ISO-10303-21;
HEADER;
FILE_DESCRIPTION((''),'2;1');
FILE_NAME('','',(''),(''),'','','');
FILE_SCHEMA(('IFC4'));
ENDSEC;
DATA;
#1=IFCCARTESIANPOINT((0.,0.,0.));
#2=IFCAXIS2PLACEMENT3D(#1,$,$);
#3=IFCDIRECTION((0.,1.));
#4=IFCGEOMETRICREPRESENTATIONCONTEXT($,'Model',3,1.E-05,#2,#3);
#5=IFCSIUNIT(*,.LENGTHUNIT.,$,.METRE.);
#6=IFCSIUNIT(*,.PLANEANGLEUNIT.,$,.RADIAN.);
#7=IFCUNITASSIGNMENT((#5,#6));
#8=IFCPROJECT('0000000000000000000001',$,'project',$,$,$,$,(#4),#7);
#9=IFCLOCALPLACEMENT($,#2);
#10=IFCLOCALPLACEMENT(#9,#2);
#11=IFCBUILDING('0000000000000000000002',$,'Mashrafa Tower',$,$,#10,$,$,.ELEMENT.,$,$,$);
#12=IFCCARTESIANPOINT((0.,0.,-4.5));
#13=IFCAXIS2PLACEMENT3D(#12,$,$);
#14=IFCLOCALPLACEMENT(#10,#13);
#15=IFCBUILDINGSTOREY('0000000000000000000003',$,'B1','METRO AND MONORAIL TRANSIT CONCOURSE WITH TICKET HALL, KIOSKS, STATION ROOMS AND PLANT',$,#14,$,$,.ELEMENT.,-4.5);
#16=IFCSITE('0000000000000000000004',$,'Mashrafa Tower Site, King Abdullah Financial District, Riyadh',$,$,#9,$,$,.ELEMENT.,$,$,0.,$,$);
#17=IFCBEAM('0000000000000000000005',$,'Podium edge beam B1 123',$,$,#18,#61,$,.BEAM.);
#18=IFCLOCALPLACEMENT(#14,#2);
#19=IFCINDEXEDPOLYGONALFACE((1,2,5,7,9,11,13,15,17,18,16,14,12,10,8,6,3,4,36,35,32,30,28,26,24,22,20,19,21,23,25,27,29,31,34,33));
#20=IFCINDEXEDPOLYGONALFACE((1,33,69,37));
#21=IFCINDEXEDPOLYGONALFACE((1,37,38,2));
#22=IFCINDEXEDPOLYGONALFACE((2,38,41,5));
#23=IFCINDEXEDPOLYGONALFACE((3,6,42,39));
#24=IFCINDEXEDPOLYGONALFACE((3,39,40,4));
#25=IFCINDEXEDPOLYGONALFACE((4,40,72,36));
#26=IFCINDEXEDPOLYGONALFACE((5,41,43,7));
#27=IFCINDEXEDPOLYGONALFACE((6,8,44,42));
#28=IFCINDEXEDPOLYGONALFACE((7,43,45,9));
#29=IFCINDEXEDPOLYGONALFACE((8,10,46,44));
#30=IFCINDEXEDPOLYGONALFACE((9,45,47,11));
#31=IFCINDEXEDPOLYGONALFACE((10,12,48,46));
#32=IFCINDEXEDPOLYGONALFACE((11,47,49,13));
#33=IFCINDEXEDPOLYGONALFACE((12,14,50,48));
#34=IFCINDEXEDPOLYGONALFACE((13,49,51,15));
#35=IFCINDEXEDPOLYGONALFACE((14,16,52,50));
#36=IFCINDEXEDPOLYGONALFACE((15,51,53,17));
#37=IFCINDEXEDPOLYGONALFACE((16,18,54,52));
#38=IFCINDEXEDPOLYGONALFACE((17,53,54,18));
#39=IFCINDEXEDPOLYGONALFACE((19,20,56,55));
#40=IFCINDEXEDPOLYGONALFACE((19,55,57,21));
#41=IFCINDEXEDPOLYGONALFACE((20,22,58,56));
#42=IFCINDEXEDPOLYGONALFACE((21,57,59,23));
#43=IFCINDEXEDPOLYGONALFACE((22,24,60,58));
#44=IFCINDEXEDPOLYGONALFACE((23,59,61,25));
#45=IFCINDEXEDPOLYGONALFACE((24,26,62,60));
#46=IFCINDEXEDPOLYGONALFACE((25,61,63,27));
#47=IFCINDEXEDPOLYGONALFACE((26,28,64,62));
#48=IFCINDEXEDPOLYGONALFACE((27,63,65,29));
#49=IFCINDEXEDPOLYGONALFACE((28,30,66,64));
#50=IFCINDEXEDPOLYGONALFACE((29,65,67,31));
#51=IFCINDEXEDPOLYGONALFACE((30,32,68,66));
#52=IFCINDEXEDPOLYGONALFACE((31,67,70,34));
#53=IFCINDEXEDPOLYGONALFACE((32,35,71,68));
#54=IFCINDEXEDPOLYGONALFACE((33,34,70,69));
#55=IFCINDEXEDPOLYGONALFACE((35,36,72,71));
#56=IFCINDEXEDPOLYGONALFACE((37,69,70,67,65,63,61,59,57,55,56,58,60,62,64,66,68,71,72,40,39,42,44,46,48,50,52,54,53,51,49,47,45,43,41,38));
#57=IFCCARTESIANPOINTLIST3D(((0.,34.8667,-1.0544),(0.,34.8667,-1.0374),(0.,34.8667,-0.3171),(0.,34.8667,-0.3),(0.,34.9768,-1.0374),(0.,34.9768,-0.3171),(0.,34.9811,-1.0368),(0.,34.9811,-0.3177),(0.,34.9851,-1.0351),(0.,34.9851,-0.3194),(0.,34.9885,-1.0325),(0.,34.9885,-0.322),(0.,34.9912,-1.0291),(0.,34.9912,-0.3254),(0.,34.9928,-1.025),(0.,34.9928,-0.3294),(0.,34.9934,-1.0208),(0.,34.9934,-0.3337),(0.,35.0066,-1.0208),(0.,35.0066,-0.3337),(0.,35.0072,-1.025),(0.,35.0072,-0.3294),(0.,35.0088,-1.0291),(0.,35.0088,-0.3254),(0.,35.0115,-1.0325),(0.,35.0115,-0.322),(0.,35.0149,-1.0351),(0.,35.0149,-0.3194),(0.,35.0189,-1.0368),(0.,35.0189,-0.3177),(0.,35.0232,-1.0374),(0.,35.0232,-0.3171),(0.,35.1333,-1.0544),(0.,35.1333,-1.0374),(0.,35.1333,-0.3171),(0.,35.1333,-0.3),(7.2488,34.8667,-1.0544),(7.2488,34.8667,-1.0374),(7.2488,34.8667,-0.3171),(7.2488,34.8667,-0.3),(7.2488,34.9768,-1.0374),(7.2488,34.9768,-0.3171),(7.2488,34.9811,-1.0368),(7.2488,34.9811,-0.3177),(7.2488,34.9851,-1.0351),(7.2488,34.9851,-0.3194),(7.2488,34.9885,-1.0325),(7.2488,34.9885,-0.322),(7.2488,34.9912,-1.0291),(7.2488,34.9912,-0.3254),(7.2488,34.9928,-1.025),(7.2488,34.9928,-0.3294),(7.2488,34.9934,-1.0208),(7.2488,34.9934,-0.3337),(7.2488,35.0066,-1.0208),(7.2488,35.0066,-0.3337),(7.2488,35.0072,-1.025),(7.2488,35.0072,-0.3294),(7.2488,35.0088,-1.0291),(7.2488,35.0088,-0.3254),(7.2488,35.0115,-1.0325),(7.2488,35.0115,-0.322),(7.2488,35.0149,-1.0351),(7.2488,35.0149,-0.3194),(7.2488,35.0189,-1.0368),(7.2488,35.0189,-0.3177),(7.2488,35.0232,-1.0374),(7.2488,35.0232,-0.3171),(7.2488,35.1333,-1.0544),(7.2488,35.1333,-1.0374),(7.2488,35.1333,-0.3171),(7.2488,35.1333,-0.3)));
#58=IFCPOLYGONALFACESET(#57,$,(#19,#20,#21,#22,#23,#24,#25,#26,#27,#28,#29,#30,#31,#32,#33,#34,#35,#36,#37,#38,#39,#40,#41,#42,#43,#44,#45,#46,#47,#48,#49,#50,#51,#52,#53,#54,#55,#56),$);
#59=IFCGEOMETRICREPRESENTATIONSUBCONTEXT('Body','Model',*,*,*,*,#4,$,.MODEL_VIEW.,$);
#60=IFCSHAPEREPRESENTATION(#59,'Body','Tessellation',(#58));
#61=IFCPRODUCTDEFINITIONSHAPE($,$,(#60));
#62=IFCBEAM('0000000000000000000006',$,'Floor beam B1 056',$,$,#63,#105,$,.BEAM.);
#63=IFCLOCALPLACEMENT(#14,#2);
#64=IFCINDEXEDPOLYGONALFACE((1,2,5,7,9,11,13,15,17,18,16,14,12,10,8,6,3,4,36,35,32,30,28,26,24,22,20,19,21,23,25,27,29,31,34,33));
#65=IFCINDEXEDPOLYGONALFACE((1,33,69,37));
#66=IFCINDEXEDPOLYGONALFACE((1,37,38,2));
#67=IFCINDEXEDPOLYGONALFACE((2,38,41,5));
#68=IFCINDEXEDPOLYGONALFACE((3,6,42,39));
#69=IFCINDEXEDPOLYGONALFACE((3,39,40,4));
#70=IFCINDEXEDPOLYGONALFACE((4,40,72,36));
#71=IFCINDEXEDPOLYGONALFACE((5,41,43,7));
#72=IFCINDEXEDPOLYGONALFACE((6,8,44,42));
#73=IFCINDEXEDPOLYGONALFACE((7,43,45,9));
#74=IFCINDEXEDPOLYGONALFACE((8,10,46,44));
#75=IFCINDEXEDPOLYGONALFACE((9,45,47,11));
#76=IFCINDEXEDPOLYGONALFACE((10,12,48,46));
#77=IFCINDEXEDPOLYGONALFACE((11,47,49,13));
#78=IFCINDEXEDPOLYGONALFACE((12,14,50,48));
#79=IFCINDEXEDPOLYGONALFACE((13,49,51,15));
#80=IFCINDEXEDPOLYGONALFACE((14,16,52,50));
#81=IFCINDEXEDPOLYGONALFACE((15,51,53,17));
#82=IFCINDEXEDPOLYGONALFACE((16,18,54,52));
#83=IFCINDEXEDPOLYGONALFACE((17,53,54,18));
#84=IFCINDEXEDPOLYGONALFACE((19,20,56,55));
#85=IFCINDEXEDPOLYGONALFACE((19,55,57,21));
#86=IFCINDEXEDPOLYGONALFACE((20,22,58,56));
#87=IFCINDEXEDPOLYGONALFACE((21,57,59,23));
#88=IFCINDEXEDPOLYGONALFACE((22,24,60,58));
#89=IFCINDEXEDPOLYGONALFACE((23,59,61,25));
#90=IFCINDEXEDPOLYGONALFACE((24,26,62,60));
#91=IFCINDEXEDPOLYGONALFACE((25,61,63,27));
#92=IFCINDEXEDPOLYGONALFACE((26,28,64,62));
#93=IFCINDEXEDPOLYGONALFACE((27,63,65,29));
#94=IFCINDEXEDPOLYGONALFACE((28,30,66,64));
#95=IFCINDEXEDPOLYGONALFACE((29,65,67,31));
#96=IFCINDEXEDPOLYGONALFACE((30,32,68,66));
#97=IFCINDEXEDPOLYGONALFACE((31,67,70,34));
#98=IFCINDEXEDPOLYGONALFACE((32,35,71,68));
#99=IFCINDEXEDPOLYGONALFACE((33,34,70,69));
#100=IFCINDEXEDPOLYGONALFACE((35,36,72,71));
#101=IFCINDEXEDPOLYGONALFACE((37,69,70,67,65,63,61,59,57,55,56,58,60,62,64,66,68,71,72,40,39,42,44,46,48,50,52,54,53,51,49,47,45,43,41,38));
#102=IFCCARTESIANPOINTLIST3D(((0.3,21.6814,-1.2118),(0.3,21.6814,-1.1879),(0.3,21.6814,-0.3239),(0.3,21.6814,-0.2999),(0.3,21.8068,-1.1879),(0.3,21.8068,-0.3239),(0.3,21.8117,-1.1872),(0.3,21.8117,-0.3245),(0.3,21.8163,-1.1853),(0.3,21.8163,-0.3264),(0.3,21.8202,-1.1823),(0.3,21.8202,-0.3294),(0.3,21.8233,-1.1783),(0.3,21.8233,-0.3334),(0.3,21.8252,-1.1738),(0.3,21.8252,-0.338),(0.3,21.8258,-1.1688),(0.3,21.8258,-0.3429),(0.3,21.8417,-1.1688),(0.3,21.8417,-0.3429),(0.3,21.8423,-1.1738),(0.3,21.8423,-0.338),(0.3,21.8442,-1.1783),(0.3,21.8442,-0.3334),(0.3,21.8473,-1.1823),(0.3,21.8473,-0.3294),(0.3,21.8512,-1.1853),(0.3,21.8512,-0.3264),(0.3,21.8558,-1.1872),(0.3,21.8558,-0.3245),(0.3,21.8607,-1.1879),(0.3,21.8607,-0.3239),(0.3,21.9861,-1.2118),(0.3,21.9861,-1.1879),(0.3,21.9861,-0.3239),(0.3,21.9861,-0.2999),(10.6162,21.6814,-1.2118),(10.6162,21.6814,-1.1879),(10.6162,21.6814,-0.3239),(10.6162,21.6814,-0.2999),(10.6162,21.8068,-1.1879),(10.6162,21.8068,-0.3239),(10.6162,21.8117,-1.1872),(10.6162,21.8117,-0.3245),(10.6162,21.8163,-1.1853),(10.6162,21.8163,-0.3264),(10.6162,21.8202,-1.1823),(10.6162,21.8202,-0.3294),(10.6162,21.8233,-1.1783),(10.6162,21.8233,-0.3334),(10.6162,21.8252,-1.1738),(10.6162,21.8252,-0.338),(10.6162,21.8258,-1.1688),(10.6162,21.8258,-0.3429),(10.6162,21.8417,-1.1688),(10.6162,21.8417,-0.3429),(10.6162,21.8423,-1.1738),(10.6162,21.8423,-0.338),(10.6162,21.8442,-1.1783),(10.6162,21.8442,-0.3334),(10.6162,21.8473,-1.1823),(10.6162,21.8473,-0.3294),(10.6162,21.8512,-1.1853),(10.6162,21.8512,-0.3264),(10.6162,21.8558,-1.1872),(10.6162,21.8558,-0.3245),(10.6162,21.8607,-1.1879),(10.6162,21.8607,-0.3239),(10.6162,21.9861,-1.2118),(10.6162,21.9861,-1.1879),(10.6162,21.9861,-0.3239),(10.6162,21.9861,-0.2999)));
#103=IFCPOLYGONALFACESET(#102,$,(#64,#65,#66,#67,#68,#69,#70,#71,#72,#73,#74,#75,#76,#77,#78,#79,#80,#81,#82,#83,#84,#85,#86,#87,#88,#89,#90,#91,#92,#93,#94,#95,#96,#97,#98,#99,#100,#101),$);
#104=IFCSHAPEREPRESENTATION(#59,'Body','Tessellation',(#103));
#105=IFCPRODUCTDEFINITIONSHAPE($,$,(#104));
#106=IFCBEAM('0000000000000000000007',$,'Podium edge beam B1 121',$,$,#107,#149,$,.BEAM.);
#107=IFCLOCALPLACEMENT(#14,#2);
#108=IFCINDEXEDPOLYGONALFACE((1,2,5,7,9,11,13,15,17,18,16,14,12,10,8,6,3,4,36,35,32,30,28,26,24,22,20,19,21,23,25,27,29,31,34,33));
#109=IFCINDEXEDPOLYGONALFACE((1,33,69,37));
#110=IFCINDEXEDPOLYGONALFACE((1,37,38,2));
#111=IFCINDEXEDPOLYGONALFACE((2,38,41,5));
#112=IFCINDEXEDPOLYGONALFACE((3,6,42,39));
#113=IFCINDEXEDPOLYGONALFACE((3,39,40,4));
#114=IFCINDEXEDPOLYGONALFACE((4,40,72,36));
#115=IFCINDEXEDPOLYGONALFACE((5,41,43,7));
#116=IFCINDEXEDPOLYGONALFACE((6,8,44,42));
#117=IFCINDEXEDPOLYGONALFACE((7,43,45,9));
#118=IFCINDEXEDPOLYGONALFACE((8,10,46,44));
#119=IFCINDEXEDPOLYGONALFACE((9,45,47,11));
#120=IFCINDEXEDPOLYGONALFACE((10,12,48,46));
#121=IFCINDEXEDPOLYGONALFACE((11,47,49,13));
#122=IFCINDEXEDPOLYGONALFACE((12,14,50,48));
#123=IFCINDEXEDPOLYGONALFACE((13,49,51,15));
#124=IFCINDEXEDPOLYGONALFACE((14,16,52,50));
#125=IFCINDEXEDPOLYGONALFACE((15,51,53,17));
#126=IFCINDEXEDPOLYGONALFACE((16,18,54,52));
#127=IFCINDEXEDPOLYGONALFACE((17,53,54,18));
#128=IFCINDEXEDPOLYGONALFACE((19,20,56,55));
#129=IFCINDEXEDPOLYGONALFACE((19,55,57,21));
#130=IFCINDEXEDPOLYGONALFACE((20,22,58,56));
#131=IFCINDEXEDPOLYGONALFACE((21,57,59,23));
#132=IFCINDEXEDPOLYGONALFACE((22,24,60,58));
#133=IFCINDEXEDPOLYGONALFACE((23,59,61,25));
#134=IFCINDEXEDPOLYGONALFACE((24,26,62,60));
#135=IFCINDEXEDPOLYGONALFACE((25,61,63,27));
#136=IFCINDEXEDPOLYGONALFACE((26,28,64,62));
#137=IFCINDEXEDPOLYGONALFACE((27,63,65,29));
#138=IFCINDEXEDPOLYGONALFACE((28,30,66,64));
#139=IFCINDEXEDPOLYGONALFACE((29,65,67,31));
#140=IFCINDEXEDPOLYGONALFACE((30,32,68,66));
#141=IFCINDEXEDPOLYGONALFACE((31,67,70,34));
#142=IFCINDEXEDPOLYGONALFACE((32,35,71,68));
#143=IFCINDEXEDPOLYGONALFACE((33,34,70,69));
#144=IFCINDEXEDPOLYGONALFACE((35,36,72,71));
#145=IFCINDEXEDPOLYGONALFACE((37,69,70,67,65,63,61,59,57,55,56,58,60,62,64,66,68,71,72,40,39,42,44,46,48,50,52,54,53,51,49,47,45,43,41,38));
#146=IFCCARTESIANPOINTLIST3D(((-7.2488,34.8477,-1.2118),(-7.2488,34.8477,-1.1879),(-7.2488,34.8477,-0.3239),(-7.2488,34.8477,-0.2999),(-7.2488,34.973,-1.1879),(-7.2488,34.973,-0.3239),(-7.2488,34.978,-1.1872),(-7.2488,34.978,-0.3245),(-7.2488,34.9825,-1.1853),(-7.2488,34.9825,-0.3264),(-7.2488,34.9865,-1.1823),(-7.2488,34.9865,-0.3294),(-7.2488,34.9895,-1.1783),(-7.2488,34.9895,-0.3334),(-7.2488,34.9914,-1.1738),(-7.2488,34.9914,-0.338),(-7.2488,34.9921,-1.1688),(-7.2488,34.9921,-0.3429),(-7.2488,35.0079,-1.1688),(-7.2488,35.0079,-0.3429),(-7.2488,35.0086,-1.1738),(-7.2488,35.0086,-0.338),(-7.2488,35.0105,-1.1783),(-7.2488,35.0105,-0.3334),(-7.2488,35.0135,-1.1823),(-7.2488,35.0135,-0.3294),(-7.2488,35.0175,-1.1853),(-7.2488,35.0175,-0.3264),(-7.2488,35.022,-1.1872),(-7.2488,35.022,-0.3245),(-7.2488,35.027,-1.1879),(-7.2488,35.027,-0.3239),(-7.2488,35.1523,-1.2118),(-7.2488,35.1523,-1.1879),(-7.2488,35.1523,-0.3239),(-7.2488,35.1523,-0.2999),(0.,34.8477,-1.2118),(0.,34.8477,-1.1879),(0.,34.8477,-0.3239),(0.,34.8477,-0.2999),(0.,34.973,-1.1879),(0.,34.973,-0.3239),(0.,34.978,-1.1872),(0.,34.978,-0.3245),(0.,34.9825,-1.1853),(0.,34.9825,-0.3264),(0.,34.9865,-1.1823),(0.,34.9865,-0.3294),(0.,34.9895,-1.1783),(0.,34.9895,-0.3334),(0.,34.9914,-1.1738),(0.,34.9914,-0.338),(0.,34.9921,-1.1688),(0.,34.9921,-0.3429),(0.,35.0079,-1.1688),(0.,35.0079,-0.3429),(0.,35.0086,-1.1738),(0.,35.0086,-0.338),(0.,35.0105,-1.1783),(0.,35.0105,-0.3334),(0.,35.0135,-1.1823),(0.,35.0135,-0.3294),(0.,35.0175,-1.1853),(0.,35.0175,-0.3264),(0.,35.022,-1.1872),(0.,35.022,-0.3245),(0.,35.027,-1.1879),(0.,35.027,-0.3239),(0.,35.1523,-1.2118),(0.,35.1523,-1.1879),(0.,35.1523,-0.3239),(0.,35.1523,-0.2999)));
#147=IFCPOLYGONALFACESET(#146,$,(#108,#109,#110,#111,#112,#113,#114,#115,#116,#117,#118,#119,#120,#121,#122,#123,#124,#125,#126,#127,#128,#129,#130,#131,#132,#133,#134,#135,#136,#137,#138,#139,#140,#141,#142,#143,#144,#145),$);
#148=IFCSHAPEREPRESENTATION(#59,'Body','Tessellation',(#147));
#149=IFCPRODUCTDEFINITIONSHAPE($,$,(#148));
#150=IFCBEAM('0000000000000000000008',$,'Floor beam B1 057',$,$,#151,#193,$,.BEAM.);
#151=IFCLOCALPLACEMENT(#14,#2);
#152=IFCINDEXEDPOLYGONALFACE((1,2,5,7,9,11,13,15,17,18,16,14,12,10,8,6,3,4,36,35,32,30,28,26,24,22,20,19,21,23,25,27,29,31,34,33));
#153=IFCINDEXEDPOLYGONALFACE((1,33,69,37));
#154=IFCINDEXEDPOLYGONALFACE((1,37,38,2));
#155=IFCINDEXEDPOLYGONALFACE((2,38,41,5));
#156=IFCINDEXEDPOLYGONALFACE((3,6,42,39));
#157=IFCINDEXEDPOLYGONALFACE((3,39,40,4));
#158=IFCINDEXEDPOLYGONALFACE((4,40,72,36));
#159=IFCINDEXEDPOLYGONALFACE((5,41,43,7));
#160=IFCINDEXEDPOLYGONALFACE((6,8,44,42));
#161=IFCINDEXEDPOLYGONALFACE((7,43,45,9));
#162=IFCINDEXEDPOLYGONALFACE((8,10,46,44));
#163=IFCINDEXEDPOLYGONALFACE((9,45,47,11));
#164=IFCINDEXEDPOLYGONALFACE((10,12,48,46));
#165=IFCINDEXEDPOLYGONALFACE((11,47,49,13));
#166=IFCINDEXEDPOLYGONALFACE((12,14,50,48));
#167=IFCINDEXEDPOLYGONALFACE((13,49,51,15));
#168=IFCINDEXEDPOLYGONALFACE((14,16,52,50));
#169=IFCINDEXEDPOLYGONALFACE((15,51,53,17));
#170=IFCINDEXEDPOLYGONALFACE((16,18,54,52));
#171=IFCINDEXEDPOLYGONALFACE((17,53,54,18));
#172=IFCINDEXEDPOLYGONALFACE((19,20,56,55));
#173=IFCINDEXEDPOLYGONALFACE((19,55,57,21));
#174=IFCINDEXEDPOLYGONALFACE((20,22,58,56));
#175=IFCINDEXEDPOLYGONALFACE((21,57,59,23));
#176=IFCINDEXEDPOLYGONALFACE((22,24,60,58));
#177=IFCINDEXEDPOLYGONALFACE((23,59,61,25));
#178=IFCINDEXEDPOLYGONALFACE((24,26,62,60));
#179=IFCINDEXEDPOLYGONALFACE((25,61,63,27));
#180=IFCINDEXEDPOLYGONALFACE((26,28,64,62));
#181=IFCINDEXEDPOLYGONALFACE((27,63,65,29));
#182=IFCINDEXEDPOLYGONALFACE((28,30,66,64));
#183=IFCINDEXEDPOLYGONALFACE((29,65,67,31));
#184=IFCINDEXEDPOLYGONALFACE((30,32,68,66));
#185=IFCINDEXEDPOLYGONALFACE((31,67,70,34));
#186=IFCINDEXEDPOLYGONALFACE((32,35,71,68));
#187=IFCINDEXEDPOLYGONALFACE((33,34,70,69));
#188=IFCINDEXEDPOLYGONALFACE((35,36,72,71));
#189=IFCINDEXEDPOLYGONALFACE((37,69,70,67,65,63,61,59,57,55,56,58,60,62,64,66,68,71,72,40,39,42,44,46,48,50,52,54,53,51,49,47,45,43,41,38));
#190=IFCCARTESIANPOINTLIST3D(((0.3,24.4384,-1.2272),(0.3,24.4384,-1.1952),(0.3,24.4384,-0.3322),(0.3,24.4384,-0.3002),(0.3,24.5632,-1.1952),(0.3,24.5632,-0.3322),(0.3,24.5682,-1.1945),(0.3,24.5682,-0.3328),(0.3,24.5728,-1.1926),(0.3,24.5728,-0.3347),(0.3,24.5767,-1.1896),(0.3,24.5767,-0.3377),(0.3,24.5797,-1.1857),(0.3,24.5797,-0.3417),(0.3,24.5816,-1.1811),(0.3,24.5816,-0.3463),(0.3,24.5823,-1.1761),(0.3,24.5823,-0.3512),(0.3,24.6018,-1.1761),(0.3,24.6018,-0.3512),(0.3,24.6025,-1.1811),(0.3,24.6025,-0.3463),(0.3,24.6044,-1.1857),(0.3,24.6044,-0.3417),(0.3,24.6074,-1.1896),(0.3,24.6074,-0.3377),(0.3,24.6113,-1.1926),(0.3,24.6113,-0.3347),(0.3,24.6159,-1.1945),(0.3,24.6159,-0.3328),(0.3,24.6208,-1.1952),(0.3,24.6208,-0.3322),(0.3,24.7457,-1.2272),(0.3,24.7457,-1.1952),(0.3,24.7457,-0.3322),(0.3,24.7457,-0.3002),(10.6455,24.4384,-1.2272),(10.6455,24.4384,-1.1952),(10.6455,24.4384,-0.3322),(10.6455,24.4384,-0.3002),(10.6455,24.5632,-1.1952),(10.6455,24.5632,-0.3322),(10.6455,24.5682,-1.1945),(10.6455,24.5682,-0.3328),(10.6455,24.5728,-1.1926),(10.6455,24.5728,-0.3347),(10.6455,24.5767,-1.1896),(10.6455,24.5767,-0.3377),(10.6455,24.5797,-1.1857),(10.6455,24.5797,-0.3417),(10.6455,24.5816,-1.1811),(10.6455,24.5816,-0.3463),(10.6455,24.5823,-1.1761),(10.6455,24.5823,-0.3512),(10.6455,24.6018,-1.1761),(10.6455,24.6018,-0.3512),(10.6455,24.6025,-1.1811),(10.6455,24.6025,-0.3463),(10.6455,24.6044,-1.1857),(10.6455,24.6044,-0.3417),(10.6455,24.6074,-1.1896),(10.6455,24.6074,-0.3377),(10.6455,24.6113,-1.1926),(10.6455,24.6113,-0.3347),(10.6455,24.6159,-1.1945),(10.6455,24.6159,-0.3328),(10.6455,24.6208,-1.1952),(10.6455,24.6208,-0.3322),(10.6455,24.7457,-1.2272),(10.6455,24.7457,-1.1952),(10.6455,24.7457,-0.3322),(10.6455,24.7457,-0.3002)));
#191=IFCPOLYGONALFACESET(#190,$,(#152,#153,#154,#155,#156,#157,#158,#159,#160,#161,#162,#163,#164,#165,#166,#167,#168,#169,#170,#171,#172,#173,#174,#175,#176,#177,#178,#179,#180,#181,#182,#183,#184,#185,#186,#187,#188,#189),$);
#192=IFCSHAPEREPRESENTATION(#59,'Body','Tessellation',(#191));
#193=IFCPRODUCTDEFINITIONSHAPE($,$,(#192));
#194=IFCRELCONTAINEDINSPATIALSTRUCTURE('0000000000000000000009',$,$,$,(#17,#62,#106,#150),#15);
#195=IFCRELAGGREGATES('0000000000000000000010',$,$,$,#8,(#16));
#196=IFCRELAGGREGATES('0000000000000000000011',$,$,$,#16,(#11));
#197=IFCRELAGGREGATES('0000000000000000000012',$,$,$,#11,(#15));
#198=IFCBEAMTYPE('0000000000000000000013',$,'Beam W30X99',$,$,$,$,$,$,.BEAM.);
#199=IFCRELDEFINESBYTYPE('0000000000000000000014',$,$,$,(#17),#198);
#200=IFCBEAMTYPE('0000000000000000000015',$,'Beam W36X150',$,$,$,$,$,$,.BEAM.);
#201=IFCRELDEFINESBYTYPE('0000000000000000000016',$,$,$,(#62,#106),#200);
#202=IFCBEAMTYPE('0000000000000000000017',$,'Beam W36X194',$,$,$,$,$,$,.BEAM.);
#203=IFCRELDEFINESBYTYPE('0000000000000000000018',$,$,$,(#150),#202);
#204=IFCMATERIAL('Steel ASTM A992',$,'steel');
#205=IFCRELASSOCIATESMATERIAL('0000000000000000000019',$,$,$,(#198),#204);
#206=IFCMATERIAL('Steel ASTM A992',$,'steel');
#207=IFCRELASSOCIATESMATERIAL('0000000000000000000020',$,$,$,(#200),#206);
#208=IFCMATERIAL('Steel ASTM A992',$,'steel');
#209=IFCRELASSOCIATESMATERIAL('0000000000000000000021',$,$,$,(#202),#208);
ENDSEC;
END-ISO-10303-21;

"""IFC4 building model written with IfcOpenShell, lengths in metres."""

from ifc_helpers import new_model, si_unit, direction, frame, origin, origin_2d, place, context, subcontext, project, spatial, i_section, extrude, material, material_profile, profile_set, type_object, element, save


model = new_model("IFC4")

# Units and contexts
model_context = context("Model", 3, precision=1e-05, world=origin(), true_north=direction((0.0, 1.0)))
body_context = subcontext(model_context, "Body", "Model", "MODEL_VIEW")
ifc_project = project(units=[si_unit("LENGTHUNIT", "METRE"), si_unit("PLANEANGLEUNIT", "RADIAN")], contexts=[model_context])

# Site, building, storey
site_placement = place(None, origin())
site = spatial("IfcSite", under=ifc_project, at=site_placement, Name="Mashrafa Tower Site, King Abdullah Financial District, Riyadh", CompositionType="ELEMENT", RefElevation=0.0)
building_placement = place(site_placement, origin())
building = spatial("IfcBuilding", under=site, at=building_placement, Name="Mashrafa Tower", CompositionType="ELEMENT")
storey_placement = place(building_placement, frame((0.0, 0.0, -4.5)))
storey = spatial("IfcBuildingStorey", under=building, at=storey_placement, Name="B1", Description="METRO AND MONORAIL TRANSIT CONCOURSE WITH TICKET HALL, KIOSKS, STATION ROOMS AND PLANT", CompositionType="ELEMENT", Elevation=-4.5)

# Beams
ifc_material_1 = material(Name="Steel ASTM A992", Category="steel")
ifc_material_profile_1 = material_profile(ifc_material_1, i_section(OverallWidth=0.2666, OverallDepth=0.7544, WebThickness=0.0132, FlangeThickness=0.0171, FilletRadius=0.0166, at=origin_2d()), Name="W30X99")
ifc_profile_set_1 = profile_set([ifc_material_profile_1], Name="Steel ASTM A992")
beam_type_1 = type_object("IfcBeamType", Name="Beam W30X99", PredefinedType="BEAM", material=ifc_profile_set_1)
beam_1_placement = place(storey_placement, frame((7.2488, 35.0, -0.6772), z_axis=(-1.0, 0.0, 0.0), x_axis=(0.0, -1.0, 0.0)))
element("IfcBeam", 1, at=beam_1_placement, inside=storey, type_object=beam_type_1, Name="Podium edge beam B1 123", PredefinedType="BEAM", context=body_context, shape_type="SweptSolid", body=[
    extrude(i_section(OverallWidth=0.2666, OverallDepth=0.7544, WebThickness=0.0132, FlangeThickness=0.0171, FilletRadius=0.0166, at=origin_2d()), origin(), (0.0, 0.0, 1.0), 7.2488),
])
ifc_material_2 = material(Name="Steel ASTM A992", Category="steel")
ifc_material_profile_2 = material_profile(ifc_material_2, i_section(OverallWidth=0.3047, OverallDepth=0.9119, WebThickness=0.0159, FlangeThickness=0.0239, FilletRadius=0.019, at=origin_2d()), Name="W36X150")
ifc_profile_set_2 = profile_set([ifc_material_profile_2], Name="Steel ASTM A992")
beam_type_2 = type_object("IfcBeamType", Name="Beam W36X150", PredefinedType="BEAM", material=ifc_profile_set_2)
beam_2_placement = place(storey_placement, frame((0.3, 21.8337, -0.7559), z_axis=(1.0, 0.0, 0.0), x_axis=(0.0, 1.0, 0.0)))
element("IfcBeam", 2, at=beam_2_placement, inside=storey, type_object=beam_type_2, Name="Floor beam B1 056", PredefinedType="BEAM", context=body_context, shape_type="SweptSolid", body=[
    extrude(i_section(OverallWidth=0.3047, OverallDepth=0.9119, WebThickness=0.0159, FlangeThickness=0.0239, FilletRadius=0.019, at=origin_2d()), origin(), (0.0, 0.0, 1.0), 10.3162),
])
beam_3_placement = place(storey_placement, frame((0.0, 35.0, -0.7559), z_axis=(-1.0, 0.0, 0.0), x_axis=(0.0, -1.0, 0.0)))
element("IfcBeam", 3, at=beam_3_placement, inside=storey, type_object=beam_type_2, Name="Podium edge beam B1 121", PredefinedType="BEAM", context=body_context, shape_type="SweptSolid", body=[
    extrude(i_section(OverallWidth=0.3047, OverallDepth=0.9119, WebThickness=0.0159, FlangeThickness=0.0239, FilletRadius=0.019, at=origin_2d()), origin(), (0.0, 0.0, 1.0), 7.2488),
])
ifc_material_3 = material(Name="Steel ASTM A992", Category="steel")
ifc_material_profile_3 = material_profile(ifc_material_3, i_section(OverallWidth=0.3074, OverallDepth=0.927, WebThickness=0.0195, FlangeThickness=0.032, FilletRadius=0.019, at=origin_2d()), Name="W36X194")
ifc_profile_set_3 = profile_set([ifc_material_profile_3], Name="Steel ASTM A992")
beam_type_3 = type_object("IfcBeamType", Name="Beam W36X194", PredefinedType="BEAM", material=ifc_profile_set_3)
beam_4_placement = place(storey_placement, frame((0.3, 24.592, -0.7637), z_axis=(1.0, 0.0, 0.0), x_axis=(0.0, 1.0, 0.0)))
element("IfcBeam", 4, at=beam_4_placement, inside=storey, type_object=beam_type_3, Name="Floor beam B1 057", PredefinedType="BEAM", context=body_context, shape_type="SweptSolid", body=[
    extrude(i_section(OverallWidth=0.3074, OverallDepth=0.927, WebThickness=0.0195, FlangeThickness=0.032, FilletRadius=0.019, at=origin_2d()), origin(), (0.0, 0.0, 1.0), 10.3455),
])

save(model, "model.ifc")
